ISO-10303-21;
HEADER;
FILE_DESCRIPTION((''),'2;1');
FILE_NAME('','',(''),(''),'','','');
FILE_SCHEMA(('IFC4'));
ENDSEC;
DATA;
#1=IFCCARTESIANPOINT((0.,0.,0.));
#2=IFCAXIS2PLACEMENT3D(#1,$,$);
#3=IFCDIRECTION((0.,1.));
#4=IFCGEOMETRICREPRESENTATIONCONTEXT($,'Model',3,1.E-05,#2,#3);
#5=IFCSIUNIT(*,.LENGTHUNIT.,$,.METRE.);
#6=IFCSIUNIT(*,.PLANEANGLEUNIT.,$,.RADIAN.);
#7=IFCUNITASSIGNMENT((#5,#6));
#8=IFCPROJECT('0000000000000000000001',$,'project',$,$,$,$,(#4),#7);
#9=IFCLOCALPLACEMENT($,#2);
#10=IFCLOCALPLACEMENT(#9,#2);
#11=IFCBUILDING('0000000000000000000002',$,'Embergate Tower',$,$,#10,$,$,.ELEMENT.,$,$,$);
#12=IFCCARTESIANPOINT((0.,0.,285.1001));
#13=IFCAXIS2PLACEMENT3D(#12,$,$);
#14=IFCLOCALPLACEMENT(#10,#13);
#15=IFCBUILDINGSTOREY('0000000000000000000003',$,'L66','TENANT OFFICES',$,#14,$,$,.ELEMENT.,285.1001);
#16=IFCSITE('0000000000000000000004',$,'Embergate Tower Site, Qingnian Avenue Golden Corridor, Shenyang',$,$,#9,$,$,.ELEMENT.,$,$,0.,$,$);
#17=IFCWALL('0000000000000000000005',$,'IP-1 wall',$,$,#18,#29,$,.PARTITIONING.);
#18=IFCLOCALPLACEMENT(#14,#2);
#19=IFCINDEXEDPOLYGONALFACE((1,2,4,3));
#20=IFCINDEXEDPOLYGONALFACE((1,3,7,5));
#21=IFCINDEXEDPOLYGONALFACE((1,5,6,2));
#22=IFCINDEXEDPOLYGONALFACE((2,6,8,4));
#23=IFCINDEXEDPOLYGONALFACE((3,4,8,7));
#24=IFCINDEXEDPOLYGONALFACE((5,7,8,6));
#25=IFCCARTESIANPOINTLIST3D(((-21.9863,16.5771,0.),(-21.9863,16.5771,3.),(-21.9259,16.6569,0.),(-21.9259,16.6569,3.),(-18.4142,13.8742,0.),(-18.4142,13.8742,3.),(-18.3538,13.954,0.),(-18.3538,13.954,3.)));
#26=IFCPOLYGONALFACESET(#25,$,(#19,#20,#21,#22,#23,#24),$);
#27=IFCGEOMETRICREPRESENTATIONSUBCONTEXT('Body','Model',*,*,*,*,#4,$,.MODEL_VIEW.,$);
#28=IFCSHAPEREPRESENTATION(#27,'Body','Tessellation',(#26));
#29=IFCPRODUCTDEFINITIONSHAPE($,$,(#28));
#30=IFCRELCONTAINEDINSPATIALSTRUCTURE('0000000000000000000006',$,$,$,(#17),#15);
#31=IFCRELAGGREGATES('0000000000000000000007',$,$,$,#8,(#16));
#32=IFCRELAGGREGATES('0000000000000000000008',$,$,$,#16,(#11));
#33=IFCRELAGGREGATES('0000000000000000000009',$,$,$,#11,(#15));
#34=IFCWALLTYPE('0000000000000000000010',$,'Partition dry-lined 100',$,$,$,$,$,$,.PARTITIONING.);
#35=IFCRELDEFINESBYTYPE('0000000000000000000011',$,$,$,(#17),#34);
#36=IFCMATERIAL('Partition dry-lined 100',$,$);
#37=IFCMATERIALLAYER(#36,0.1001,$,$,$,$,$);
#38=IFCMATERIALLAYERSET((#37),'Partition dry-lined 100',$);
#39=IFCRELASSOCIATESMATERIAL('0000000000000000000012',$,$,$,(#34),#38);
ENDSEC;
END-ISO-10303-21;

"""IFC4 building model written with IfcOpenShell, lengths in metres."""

from ifc_helpers import new_model, si_unit, direction, frame, frame_2d, origin, place, context, subcontext, project, spatial, rectangle, extrude, source, transform, mapped, material, layer, layer_set, type_object, element, save


model = new_model("IFC4")

# Units and contexts
model_context = context("Model", 3, precision=1e-05, world=origin(), true_north=direction((0.0, 1.0)))
body_context = subcontext(model_context, "Body", "Model", "MODEL_VIEW")
ifc_project = project(units=[si_unit("LENGTHUNIT", "METRE"), si_unit("PLANEANGLEUNIT", "RADIAN")], contexts=[model_context])

# Site, building, storey
site_placement = place(None, origin())
site = spatial("IfcSite", under=ifc_project, at=site_placement, Name="Embergate Tower Site, Qingnian Avenue Golden Corridor, Shenyang", CompositionType="ELEMENT", RefElevation=0.0)
building_placement = place(site_placement, origin())
building = spatial("IfcBuilding", under=site, at=building_placement, Name="Embergate Tower", CompositionType="ELEMENT")
storey_placement = place(building_placement, frame((0.0, 0.0, 285.1001)))
storey = spatial("IfcBuildingStorey", under=building, at=storey_placement, Name="L66", Description="TENANT OFFICES", CompositionType="ELEMENT", Elevation=285.1001)

# Wall
ifc_material_1 = material(Name="Partition dry-lined 100")
ifc_layer_1 = layer(ifc_material_1, 0.1001)
ifc_layer_set_1 = layer_set([ifc_layer_1], Name="Partition dry-lined 100")
wall_type = type_object("IfcWallType", Name="Partition dry-lined 100", PredefinedType="PARTITIONING", material=ifc_layer_set_1)
shared_shape_1 = source(origin(), body_context, "Body", "SweptSolid", [
    extrude(rectangle(XDim=4.4795, YDim=0.1001, at=frame_2d((2.2397, 0.0))), origin(), (0.0, 0.0, 1.0), 3.0),
])
wall_1_placement = place(storey_placement, frame((-18.384, 13.9141, 0.0), z_axis=(0.0, 0.0, 1.0), x_axis=(-0.797435, 0.603404, 0.0)))
element("IfcWall", 1, at=wall_1_placement, inside=storey, type_object=wall_type, Name="IP-1 wall", PredefinedType="PARTITIONING", context=body_context, shape_type="MappedRepresentation", body=[
    mapped(shared_shape_1, transform((0.0, 0.0, 0.0))),
])

save(model, "model.ifc")
